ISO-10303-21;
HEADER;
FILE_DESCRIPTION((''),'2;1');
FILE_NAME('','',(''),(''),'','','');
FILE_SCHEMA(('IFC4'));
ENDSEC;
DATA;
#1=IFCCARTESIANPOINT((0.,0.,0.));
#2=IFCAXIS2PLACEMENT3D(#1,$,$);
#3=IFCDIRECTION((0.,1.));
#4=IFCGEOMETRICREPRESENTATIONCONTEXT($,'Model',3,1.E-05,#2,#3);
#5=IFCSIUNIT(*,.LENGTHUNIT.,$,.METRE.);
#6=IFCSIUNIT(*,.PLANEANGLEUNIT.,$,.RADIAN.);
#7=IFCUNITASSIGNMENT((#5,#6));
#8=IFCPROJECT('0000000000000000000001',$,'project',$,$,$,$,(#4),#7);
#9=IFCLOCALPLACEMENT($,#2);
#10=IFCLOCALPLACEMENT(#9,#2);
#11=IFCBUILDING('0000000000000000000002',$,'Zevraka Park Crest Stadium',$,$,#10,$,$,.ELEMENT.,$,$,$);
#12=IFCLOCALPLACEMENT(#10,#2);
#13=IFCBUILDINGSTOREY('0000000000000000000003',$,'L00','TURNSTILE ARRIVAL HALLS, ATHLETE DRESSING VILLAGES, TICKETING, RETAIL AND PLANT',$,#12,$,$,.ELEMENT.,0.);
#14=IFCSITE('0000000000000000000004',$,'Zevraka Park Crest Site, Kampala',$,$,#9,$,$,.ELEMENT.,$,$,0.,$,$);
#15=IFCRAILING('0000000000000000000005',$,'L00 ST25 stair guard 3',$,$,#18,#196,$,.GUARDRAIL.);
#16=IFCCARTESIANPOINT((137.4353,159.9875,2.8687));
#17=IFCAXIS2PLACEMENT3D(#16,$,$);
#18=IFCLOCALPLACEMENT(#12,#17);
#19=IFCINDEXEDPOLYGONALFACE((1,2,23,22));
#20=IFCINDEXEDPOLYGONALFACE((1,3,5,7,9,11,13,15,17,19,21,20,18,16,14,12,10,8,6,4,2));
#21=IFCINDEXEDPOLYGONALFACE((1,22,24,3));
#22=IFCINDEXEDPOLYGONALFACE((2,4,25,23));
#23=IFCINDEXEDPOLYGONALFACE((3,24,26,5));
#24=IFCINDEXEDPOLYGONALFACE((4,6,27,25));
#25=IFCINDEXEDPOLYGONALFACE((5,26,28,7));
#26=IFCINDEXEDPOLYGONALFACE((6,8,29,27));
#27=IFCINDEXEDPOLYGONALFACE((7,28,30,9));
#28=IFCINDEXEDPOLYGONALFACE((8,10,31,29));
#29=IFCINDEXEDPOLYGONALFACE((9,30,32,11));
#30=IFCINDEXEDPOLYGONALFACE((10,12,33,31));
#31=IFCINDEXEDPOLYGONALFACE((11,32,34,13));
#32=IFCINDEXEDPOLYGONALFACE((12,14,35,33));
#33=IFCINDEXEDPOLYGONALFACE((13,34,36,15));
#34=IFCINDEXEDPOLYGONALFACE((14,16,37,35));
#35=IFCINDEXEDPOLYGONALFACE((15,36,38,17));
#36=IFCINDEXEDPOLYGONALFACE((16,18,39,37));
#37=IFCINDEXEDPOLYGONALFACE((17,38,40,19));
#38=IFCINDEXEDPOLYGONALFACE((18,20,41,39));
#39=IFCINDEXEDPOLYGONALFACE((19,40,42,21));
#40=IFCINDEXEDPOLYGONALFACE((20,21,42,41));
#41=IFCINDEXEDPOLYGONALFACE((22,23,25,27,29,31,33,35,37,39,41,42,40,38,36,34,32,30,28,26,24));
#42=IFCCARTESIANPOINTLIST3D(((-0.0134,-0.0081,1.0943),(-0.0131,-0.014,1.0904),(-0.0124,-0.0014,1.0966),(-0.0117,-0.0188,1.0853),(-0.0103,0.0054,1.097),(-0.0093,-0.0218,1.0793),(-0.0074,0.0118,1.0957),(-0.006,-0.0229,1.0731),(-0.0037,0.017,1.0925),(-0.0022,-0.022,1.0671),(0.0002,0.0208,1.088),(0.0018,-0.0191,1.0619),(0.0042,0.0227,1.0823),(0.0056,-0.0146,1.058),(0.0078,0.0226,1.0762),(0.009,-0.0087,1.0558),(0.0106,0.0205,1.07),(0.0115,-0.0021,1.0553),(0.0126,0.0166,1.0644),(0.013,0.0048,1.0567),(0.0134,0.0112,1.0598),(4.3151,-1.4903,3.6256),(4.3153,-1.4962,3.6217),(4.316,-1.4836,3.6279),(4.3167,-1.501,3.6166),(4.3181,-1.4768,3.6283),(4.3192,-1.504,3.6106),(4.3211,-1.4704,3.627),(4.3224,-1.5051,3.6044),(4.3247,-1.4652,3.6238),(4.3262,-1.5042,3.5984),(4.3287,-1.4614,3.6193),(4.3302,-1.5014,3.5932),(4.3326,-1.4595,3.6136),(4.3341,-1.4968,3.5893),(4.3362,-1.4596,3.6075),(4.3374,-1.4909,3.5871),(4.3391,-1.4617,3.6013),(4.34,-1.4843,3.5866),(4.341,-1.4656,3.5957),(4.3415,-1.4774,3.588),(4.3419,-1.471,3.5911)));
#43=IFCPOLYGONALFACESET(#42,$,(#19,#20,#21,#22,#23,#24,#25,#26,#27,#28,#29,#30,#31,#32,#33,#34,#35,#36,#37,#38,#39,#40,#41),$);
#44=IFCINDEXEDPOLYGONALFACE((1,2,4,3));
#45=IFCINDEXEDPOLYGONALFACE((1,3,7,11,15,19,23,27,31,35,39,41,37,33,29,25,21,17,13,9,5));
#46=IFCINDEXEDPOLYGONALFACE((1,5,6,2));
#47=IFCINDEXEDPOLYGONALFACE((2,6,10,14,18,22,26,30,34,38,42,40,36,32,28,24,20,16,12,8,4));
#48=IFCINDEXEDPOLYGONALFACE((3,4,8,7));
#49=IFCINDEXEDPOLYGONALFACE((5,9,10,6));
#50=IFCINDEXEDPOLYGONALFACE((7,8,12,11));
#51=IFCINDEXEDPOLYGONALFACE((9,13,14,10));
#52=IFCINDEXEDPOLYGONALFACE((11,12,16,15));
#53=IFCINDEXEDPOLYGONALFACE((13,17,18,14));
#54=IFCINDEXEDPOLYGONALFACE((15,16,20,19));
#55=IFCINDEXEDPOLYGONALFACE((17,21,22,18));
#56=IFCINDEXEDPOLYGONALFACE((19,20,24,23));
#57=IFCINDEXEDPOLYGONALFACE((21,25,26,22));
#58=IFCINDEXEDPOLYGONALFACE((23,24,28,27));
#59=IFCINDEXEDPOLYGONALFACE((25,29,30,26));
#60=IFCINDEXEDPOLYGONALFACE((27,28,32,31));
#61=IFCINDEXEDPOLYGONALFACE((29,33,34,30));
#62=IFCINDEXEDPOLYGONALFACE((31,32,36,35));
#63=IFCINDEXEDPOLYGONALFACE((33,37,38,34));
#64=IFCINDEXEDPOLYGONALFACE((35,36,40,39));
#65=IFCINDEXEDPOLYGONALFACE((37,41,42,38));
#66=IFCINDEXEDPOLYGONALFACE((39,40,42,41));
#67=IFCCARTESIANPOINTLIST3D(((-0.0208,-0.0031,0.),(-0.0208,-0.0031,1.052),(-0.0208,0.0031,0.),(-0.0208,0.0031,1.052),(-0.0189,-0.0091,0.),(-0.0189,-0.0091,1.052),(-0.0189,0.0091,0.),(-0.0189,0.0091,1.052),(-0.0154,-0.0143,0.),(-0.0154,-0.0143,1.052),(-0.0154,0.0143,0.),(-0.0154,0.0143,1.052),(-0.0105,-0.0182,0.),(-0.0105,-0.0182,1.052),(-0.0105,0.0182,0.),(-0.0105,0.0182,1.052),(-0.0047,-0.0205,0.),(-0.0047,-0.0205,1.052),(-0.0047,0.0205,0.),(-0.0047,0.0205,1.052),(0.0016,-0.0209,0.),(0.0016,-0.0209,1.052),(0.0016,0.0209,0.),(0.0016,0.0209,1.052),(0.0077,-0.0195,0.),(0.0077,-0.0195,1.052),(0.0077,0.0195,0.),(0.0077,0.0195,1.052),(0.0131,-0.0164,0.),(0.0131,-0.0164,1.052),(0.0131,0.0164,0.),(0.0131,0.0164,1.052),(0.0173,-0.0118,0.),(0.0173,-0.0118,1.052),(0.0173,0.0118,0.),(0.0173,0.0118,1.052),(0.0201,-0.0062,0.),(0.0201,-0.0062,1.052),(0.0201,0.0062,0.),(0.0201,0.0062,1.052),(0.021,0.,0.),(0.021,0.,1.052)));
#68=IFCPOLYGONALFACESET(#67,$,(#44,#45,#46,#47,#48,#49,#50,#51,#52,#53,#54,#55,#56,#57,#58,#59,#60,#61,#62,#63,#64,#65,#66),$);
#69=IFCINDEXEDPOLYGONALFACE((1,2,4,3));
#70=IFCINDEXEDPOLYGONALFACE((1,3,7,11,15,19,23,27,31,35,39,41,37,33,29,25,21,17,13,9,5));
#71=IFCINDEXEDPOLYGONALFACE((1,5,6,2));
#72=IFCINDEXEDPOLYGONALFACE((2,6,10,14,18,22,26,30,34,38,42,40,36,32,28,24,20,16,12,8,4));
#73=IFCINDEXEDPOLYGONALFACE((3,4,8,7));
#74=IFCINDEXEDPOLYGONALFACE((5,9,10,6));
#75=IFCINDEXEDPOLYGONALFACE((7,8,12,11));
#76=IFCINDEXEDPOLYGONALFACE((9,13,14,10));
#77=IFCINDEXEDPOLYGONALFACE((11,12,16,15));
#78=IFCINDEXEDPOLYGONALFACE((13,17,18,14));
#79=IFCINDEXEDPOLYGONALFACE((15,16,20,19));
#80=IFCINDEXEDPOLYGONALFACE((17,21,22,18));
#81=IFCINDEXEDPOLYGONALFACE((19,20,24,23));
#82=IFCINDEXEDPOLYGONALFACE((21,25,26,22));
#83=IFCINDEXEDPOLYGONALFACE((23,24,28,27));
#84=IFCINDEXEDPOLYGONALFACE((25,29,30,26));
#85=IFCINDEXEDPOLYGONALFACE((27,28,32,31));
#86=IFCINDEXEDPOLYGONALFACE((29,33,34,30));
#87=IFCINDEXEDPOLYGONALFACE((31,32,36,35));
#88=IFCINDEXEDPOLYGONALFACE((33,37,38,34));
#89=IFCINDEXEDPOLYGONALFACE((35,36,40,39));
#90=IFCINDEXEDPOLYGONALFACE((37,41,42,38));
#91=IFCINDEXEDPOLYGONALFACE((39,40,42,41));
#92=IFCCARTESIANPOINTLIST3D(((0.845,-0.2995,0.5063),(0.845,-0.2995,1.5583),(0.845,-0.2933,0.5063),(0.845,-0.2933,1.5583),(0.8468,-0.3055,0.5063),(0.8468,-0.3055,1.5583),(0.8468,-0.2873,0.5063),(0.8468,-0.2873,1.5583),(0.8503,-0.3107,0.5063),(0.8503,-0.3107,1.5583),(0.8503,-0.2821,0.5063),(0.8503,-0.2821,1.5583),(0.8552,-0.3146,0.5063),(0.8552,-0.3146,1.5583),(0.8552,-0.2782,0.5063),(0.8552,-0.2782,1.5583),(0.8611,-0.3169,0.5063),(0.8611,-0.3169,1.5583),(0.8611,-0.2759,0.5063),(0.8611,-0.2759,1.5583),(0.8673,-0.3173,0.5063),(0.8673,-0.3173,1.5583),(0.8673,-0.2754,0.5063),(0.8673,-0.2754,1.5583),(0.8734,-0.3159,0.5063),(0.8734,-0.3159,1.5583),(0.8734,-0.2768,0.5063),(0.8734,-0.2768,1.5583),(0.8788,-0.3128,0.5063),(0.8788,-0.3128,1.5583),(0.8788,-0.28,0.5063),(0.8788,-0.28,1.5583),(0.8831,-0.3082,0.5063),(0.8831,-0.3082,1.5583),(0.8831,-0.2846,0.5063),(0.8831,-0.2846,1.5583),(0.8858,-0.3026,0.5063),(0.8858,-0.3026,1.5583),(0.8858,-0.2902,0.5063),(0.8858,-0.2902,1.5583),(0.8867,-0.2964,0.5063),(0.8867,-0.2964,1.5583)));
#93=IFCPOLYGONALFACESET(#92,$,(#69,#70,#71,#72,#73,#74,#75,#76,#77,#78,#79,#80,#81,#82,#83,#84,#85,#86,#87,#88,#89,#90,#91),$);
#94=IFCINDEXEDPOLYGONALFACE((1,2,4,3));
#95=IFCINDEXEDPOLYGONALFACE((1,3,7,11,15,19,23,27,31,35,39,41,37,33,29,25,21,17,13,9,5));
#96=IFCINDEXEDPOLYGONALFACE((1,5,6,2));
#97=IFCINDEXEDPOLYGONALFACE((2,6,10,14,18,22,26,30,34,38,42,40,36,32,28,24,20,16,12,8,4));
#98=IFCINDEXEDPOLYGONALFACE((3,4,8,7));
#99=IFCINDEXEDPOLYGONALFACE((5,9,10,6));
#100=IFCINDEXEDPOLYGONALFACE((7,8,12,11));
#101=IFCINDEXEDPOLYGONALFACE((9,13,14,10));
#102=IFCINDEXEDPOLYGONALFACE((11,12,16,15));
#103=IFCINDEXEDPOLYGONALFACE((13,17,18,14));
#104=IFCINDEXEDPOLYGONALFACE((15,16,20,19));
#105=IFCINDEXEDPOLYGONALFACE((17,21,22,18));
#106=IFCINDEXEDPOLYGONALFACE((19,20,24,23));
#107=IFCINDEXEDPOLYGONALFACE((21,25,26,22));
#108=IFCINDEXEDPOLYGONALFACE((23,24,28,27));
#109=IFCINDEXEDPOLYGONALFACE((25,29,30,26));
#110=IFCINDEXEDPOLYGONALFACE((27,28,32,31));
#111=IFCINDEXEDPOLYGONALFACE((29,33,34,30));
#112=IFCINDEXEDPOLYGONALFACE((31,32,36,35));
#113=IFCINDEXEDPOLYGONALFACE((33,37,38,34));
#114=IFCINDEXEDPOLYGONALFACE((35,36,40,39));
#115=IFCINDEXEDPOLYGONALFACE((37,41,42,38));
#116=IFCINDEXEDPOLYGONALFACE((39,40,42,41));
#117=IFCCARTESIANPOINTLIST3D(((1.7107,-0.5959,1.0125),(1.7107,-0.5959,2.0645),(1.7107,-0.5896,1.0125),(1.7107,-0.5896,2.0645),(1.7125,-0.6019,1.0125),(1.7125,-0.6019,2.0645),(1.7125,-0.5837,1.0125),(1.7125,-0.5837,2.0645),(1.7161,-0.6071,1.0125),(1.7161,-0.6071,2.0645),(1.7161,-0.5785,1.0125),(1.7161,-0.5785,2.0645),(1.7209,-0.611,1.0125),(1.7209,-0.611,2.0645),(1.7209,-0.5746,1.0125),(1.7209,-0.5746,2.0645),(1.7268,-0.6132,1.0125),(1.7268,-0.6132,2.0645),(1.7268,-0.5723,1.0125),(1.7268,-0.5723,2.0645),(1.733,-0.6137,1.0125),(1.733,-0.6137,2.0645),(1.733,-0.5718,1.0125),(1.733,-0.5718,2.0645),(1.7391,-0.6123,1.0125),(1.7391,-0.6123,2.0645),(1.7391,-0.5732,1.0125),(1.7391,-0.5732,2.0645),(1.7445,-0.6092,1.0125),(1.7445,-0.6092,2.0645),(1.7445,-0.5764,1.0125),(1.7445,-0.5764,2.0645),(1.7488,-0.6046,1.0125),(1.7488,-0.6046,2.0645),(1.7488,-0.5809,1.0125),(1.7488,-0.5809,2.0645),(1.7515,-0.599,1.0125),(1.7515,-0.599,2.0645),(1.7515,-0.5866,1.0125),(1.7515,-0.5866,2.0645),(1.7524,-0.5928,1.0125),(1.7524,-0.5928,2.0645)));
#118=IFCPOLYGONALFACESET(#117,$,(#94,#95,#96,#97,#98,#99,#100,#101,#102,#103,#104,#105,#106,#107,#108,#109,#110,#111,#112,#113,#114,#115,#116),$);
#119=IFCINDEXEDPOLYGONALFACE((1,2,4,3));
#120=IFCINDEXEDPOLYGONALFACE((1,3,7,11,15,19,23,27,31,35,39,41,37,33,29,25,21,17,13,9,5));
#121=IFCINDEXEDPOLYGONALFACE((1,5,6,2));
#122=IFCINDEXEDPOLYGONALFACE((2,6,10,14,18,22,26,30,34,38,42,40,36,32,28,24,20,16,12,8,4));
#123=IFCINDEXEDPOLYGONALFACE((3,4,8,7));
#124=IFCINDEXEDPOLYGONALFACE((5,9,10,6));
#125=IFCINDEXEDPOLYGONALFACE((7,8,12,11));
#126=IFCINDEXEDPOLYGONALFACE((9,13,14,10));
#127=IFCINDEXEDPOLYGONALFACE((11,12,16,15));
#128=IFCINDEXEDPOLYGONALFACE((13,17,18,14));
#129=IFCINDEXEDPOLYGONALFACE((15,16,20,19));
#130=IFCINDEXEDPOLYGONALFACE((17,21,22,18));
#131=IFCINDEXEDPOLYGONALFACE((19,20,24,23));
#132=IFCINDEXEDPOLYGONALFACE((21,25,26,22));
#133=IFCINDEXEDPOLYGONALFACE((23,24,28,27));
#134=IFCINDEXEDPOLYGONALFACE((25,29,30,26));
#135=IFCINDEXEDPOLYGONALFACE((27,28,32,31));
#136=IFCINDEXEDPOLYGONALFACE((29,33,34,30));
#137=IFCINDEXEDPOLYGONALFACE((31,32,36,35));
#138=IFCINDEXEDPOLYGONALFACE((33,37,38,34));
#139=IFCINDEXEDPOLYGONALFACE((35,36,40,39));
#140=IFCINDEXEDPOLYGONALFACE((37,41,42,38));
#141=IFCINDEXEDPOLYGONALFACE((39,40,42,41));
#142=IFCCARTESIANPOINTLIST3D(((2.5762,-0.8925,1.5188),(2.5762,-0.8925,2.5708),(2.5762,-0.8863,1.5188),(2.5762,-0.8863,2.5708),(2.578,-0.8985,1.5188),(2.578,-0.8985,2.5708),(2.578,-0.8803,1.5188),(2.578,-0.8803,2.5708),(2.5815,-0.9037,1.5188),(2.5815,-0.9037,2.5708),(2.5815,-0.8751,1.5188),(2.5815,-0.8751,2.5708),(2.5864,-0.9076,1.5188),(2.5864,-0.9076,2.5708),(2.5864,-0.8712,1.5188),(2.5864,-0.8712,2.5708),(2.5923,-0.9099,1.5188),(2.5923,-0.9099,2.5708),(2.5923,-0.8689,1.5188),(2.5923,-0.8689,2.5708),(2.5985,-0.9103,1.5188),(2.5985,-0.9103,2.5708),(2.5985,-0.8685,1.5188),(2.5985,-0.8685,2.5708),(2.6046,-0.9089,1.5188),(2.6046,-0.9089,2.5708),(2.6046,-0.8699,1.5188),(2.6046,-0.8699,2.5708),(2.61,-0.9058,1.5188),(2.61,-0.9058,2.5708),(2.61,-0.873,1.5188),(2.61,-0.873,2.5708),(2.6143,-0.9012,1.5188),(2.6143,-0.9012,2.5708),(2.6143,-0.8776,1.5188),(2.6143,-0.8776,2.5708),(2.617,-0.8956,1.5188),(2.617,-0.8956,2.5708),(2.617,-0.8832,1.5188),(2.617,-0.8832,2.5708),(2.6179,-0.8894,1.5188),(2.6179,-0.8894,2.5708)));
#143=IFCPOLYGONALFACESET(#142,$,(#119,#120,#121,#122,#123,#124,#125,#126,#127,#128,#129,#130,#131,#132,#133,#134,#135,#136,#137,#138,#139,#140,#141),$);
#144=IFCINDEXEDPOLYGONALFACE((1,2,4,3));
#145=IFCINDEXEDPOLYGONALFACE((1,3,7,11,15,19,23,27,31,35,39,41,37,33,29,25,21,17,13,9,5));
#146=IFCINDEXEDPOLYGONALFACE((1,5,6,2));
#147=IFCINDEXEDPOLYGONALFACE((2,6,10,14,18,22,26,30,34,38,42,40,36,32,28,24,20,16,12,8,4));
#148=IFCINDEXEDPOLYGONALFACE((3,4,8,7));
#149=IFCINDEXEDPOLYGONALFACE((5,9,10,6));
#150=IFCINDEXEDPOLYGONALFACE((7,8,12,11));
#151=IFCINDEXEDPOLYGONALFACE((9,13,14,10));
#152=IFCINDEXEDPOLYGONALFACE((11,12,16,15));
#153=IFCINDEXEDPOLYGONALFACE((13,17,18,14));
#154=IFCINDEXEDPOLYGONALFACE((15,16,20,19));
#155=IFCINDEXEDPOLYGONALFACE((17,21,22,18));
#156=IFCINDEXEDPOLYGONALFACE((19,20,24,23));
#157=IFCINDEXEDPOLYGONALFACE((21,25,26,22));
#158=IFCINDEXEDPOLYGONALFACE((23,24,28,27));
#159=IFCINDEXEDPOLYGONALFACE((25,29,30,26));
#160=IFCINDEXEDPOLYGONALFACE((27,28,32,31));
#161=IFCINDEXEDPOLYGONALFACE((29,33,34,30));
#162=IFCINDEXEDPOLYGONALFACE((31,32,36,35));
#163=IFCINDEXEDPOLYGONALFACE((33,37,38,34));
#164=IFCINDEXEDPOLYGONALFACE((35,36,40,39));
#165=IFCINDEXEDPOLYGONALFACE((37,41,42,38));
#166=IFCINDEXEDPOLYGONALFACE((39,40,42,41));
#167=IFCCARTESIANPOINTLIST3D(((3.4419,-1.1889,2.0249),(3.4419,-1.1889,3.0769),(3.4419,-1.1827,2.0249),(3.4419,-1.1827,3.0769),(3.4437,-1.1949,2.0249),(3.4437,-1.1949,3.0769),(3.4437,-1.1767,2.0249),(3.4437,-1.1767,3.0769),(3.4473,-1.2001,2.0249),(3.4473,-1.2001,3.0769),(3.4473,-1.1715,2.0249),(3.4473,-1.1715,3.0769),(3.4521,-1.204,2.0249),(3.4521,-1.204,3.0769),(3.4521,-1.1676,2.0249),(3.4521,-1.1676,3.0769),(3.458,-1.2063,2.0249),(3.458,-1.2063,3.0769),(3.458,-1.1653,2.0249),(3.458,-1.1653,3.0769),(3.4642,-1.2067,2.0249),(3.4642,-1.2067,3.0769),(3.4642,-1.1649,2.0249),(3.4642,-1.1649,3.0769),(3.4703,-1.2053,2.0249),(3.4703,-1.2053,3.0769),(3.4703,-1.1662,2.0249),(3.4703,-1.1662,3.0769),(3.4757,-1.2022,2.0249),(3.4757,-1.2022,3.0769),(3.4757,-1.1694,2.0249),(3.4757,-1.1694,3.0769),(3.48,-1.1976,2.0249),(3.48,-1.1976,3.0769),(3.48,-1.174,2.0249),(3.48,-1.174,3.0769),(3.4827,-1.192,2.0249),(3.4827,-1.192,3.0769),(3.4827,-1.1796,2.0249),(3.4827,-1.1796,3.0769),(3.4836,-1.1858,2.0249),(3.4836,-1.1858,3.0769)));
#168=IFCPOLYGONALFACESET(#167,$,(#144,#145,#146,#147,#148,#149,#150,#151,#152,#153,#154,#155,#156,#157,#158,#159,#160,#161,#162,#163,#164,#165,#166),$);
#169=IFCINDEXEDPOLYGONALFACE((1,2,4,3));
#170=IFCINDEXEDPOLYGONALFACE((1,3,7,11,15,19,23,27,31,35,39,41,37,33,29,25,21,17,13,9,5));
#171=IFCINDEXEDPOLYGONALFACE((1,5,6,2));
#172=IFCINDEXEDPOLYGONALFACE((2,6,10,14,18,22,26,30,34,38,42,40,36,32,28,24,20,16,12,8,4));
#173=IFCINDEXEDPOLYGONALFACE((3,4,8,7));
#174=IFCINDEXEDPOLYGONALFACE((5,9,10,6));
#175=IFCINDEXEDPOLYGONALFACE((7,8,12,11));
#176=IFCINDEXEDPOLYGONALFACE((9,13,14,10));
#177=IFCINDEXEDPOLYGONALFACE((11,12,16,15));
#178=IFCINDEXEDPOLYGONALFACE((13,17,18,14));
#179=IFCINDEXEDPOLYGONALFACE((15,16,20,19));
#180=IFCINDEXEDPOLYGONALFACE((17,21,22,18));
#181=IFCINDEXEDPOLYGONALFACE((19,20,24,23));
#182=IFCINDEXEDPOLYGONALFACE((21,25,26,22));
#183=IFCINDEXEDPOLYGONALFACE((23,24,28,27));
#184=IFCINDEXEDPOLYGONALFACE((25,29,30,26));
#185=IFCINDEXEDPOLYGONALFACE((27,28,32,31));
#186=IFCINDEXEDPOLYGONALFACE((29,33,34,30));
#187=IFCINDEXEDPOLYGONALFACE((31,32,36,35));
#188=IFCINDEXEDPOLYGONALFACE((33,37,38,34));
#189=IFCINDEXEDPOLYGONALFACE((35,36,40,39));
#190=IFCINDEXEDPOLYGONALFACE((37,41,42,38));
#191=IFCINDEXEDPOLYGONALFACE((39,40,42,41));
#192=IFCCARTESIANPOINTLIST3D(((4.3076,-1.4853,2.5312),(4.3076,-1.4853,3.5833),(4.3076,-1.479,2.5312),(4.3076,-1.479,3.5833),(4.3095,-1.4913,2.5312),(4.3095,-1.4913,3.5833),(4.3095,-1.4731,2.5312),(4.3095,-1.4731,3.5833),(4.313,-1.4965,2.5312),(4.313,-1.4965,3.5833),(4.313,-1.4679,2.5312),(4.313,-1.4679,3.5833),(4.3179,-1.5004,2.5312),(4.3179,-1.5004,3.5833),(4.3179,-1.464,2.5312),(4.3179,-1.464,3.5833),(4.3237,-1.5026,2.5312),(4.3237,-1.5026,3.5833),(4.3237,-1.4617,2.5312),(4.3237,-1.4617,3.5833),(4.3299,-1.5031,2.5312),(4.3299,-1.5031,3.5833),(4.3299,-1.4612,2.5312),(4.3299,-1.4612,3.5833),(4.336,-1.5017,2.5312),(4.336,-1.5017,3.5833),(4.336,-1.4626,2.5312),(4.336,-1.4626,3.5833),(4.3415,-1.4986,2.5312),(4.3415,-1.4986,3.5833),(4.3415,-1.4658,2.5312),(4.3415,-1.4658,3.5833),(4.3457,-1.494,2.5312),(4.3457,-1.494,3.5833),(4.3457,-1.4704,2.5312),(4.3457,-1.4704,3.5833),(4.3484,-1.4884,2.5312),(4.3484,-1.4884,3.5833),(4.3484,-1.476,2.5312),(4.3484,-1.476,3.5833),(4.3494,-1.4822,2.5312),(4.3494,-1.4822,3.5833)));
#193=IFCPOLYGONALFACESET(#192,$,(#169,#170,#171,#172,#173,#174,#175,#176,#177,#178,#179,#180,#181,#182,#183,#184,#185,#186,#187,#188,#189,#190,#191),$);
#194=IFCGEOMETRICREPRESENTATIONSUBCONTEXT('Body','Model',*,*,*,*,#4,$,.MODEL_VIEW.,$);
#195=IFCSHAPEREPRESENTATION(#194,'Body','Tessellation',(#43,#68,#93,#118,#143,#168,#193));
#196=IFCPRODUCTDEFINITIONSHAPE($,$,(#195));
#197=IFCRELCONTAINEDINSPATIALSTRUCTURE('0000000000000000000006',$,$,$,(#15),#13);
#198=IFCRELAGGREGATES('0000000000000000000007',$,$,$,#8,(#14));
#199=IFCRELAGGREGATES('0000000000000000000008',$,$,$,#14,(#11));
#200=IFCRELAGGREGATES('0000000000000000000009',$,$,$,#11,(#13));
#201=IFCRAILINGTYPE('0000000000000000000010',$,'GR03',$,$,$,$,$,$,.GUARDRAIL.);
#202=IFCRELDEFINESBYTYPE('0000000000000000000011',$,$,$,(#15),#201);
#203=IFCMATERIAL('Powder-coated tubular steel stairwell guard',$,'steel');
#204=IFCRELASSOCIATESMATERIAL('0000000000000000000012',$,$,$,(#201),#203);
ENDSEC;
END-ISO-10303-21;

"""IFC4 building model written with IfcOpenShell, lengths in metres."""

from ifc_helpers import new_model, si_unit, direction, frame, origin, origin_2d, place, context, subcontext, project, spatial, circle, extrude, material, type_object, element, save


model = new_model("IFC4")

# Units and contexts
model_context = context("Model", 3, precision=1e-05, world=origin(), true_north=direction((0.0, 1.0)))
body_context = subcontext(model_context, "Body", "Model", "MODEL_VIEW")
ifc_project = project(units=[si_unit("LENGTHUNIT", "METRE"), si_unit("PLANEANGLEUNIT", "RADIAN")], contexts=[model_context])

# Site, building, storey
site_placement = place(None, origin())
site = spatial("IfcSite", under=ifc_project, at=site_placement, Name="Zevraka Park Crest Site, Kampala", CompositionType="ELEMENT", RefElevation=0.0)
building_placement = place(site_placement, origin())
building = spatial("IfcBuilding", under=site, at=building_placement, Name="Zevraka Park Crest Stadium", CompositionType="ELEMENT")
storey_placement = place(building_placement, origin())
storey = spatial("IfcBuildingStorey", under=building, at=storey_placement, Name="L00", Description="TURNSTILE ARRIVAL HALLS, ATHLETE DRESSING VILLAGES, TICKETING, RETAIL AND PLANT", CompositionType="ELEMENT", Elevation=0.0)

# Railing
ifc_material_1 = material(Name="Powder-coated tubular steel stairwell guard", Category="steel")
railing_type_1 = type_object("IfcRailingType", Name="GR03", PredefinedType="GUARDRAIL", material=ifc_material_1)
railing_1_placement = place(storey_placement, frame((137.4353, 159.9875, 2.8687)))
element("IfcRailing", 1, at=railing_1_placement, inside=storey, type_object=railing_type_1, Name="L00 ST25 stair guard 3", PredefinedType="GUARDRAIL", context=body_context, shape_type="SweptSolid", body=[
    extrude(circle(Radius=0.0239, at=origin_2d()), frame((0.0, 0.0, 1.0762), z_axis=(0.827817, -0.283472, 0.484111), x_axis=(0.323965, 0.946069, 0.0)), (0.0, 0.0, 1.0), 5.2288),
    extrude(circle(Radius=0.021, at=origin_2d()), origin(), (0.0, 0.0, 1.0), 1.052),
    extrude(circle(Radius=0.021, at=origin_2d()), frame((0.8657, -0.2964, 0.5063)), (0.0, 0.0, 1.0), 1.052),
    extrude(circle(Radius=0.021, at=origin_2d()), frame((1.7314, -0.5928, 1.0125)), (0.0, 0.0, 1.0), 1.052),
    extrude(circle(Radius=0.021, at=origin_2d()), frame((2.5969, -0.8894, 1.5188)), (0.0, 0.0, 1.0), 1.052),
    extrude(circle(Radius=0.021, at=origin_2d()), frame((3.4626, -1.1858, 2.0249)), (0.0, 0.0, 1.0), 1.052),
    extrude(circle(Radius=0.021, at=origin_2d()), frame((4.3284, -1.4822, 2.5312)), (0.0, 0.0, 1.0), 1.052),
])

save(model, "model.ifc")
